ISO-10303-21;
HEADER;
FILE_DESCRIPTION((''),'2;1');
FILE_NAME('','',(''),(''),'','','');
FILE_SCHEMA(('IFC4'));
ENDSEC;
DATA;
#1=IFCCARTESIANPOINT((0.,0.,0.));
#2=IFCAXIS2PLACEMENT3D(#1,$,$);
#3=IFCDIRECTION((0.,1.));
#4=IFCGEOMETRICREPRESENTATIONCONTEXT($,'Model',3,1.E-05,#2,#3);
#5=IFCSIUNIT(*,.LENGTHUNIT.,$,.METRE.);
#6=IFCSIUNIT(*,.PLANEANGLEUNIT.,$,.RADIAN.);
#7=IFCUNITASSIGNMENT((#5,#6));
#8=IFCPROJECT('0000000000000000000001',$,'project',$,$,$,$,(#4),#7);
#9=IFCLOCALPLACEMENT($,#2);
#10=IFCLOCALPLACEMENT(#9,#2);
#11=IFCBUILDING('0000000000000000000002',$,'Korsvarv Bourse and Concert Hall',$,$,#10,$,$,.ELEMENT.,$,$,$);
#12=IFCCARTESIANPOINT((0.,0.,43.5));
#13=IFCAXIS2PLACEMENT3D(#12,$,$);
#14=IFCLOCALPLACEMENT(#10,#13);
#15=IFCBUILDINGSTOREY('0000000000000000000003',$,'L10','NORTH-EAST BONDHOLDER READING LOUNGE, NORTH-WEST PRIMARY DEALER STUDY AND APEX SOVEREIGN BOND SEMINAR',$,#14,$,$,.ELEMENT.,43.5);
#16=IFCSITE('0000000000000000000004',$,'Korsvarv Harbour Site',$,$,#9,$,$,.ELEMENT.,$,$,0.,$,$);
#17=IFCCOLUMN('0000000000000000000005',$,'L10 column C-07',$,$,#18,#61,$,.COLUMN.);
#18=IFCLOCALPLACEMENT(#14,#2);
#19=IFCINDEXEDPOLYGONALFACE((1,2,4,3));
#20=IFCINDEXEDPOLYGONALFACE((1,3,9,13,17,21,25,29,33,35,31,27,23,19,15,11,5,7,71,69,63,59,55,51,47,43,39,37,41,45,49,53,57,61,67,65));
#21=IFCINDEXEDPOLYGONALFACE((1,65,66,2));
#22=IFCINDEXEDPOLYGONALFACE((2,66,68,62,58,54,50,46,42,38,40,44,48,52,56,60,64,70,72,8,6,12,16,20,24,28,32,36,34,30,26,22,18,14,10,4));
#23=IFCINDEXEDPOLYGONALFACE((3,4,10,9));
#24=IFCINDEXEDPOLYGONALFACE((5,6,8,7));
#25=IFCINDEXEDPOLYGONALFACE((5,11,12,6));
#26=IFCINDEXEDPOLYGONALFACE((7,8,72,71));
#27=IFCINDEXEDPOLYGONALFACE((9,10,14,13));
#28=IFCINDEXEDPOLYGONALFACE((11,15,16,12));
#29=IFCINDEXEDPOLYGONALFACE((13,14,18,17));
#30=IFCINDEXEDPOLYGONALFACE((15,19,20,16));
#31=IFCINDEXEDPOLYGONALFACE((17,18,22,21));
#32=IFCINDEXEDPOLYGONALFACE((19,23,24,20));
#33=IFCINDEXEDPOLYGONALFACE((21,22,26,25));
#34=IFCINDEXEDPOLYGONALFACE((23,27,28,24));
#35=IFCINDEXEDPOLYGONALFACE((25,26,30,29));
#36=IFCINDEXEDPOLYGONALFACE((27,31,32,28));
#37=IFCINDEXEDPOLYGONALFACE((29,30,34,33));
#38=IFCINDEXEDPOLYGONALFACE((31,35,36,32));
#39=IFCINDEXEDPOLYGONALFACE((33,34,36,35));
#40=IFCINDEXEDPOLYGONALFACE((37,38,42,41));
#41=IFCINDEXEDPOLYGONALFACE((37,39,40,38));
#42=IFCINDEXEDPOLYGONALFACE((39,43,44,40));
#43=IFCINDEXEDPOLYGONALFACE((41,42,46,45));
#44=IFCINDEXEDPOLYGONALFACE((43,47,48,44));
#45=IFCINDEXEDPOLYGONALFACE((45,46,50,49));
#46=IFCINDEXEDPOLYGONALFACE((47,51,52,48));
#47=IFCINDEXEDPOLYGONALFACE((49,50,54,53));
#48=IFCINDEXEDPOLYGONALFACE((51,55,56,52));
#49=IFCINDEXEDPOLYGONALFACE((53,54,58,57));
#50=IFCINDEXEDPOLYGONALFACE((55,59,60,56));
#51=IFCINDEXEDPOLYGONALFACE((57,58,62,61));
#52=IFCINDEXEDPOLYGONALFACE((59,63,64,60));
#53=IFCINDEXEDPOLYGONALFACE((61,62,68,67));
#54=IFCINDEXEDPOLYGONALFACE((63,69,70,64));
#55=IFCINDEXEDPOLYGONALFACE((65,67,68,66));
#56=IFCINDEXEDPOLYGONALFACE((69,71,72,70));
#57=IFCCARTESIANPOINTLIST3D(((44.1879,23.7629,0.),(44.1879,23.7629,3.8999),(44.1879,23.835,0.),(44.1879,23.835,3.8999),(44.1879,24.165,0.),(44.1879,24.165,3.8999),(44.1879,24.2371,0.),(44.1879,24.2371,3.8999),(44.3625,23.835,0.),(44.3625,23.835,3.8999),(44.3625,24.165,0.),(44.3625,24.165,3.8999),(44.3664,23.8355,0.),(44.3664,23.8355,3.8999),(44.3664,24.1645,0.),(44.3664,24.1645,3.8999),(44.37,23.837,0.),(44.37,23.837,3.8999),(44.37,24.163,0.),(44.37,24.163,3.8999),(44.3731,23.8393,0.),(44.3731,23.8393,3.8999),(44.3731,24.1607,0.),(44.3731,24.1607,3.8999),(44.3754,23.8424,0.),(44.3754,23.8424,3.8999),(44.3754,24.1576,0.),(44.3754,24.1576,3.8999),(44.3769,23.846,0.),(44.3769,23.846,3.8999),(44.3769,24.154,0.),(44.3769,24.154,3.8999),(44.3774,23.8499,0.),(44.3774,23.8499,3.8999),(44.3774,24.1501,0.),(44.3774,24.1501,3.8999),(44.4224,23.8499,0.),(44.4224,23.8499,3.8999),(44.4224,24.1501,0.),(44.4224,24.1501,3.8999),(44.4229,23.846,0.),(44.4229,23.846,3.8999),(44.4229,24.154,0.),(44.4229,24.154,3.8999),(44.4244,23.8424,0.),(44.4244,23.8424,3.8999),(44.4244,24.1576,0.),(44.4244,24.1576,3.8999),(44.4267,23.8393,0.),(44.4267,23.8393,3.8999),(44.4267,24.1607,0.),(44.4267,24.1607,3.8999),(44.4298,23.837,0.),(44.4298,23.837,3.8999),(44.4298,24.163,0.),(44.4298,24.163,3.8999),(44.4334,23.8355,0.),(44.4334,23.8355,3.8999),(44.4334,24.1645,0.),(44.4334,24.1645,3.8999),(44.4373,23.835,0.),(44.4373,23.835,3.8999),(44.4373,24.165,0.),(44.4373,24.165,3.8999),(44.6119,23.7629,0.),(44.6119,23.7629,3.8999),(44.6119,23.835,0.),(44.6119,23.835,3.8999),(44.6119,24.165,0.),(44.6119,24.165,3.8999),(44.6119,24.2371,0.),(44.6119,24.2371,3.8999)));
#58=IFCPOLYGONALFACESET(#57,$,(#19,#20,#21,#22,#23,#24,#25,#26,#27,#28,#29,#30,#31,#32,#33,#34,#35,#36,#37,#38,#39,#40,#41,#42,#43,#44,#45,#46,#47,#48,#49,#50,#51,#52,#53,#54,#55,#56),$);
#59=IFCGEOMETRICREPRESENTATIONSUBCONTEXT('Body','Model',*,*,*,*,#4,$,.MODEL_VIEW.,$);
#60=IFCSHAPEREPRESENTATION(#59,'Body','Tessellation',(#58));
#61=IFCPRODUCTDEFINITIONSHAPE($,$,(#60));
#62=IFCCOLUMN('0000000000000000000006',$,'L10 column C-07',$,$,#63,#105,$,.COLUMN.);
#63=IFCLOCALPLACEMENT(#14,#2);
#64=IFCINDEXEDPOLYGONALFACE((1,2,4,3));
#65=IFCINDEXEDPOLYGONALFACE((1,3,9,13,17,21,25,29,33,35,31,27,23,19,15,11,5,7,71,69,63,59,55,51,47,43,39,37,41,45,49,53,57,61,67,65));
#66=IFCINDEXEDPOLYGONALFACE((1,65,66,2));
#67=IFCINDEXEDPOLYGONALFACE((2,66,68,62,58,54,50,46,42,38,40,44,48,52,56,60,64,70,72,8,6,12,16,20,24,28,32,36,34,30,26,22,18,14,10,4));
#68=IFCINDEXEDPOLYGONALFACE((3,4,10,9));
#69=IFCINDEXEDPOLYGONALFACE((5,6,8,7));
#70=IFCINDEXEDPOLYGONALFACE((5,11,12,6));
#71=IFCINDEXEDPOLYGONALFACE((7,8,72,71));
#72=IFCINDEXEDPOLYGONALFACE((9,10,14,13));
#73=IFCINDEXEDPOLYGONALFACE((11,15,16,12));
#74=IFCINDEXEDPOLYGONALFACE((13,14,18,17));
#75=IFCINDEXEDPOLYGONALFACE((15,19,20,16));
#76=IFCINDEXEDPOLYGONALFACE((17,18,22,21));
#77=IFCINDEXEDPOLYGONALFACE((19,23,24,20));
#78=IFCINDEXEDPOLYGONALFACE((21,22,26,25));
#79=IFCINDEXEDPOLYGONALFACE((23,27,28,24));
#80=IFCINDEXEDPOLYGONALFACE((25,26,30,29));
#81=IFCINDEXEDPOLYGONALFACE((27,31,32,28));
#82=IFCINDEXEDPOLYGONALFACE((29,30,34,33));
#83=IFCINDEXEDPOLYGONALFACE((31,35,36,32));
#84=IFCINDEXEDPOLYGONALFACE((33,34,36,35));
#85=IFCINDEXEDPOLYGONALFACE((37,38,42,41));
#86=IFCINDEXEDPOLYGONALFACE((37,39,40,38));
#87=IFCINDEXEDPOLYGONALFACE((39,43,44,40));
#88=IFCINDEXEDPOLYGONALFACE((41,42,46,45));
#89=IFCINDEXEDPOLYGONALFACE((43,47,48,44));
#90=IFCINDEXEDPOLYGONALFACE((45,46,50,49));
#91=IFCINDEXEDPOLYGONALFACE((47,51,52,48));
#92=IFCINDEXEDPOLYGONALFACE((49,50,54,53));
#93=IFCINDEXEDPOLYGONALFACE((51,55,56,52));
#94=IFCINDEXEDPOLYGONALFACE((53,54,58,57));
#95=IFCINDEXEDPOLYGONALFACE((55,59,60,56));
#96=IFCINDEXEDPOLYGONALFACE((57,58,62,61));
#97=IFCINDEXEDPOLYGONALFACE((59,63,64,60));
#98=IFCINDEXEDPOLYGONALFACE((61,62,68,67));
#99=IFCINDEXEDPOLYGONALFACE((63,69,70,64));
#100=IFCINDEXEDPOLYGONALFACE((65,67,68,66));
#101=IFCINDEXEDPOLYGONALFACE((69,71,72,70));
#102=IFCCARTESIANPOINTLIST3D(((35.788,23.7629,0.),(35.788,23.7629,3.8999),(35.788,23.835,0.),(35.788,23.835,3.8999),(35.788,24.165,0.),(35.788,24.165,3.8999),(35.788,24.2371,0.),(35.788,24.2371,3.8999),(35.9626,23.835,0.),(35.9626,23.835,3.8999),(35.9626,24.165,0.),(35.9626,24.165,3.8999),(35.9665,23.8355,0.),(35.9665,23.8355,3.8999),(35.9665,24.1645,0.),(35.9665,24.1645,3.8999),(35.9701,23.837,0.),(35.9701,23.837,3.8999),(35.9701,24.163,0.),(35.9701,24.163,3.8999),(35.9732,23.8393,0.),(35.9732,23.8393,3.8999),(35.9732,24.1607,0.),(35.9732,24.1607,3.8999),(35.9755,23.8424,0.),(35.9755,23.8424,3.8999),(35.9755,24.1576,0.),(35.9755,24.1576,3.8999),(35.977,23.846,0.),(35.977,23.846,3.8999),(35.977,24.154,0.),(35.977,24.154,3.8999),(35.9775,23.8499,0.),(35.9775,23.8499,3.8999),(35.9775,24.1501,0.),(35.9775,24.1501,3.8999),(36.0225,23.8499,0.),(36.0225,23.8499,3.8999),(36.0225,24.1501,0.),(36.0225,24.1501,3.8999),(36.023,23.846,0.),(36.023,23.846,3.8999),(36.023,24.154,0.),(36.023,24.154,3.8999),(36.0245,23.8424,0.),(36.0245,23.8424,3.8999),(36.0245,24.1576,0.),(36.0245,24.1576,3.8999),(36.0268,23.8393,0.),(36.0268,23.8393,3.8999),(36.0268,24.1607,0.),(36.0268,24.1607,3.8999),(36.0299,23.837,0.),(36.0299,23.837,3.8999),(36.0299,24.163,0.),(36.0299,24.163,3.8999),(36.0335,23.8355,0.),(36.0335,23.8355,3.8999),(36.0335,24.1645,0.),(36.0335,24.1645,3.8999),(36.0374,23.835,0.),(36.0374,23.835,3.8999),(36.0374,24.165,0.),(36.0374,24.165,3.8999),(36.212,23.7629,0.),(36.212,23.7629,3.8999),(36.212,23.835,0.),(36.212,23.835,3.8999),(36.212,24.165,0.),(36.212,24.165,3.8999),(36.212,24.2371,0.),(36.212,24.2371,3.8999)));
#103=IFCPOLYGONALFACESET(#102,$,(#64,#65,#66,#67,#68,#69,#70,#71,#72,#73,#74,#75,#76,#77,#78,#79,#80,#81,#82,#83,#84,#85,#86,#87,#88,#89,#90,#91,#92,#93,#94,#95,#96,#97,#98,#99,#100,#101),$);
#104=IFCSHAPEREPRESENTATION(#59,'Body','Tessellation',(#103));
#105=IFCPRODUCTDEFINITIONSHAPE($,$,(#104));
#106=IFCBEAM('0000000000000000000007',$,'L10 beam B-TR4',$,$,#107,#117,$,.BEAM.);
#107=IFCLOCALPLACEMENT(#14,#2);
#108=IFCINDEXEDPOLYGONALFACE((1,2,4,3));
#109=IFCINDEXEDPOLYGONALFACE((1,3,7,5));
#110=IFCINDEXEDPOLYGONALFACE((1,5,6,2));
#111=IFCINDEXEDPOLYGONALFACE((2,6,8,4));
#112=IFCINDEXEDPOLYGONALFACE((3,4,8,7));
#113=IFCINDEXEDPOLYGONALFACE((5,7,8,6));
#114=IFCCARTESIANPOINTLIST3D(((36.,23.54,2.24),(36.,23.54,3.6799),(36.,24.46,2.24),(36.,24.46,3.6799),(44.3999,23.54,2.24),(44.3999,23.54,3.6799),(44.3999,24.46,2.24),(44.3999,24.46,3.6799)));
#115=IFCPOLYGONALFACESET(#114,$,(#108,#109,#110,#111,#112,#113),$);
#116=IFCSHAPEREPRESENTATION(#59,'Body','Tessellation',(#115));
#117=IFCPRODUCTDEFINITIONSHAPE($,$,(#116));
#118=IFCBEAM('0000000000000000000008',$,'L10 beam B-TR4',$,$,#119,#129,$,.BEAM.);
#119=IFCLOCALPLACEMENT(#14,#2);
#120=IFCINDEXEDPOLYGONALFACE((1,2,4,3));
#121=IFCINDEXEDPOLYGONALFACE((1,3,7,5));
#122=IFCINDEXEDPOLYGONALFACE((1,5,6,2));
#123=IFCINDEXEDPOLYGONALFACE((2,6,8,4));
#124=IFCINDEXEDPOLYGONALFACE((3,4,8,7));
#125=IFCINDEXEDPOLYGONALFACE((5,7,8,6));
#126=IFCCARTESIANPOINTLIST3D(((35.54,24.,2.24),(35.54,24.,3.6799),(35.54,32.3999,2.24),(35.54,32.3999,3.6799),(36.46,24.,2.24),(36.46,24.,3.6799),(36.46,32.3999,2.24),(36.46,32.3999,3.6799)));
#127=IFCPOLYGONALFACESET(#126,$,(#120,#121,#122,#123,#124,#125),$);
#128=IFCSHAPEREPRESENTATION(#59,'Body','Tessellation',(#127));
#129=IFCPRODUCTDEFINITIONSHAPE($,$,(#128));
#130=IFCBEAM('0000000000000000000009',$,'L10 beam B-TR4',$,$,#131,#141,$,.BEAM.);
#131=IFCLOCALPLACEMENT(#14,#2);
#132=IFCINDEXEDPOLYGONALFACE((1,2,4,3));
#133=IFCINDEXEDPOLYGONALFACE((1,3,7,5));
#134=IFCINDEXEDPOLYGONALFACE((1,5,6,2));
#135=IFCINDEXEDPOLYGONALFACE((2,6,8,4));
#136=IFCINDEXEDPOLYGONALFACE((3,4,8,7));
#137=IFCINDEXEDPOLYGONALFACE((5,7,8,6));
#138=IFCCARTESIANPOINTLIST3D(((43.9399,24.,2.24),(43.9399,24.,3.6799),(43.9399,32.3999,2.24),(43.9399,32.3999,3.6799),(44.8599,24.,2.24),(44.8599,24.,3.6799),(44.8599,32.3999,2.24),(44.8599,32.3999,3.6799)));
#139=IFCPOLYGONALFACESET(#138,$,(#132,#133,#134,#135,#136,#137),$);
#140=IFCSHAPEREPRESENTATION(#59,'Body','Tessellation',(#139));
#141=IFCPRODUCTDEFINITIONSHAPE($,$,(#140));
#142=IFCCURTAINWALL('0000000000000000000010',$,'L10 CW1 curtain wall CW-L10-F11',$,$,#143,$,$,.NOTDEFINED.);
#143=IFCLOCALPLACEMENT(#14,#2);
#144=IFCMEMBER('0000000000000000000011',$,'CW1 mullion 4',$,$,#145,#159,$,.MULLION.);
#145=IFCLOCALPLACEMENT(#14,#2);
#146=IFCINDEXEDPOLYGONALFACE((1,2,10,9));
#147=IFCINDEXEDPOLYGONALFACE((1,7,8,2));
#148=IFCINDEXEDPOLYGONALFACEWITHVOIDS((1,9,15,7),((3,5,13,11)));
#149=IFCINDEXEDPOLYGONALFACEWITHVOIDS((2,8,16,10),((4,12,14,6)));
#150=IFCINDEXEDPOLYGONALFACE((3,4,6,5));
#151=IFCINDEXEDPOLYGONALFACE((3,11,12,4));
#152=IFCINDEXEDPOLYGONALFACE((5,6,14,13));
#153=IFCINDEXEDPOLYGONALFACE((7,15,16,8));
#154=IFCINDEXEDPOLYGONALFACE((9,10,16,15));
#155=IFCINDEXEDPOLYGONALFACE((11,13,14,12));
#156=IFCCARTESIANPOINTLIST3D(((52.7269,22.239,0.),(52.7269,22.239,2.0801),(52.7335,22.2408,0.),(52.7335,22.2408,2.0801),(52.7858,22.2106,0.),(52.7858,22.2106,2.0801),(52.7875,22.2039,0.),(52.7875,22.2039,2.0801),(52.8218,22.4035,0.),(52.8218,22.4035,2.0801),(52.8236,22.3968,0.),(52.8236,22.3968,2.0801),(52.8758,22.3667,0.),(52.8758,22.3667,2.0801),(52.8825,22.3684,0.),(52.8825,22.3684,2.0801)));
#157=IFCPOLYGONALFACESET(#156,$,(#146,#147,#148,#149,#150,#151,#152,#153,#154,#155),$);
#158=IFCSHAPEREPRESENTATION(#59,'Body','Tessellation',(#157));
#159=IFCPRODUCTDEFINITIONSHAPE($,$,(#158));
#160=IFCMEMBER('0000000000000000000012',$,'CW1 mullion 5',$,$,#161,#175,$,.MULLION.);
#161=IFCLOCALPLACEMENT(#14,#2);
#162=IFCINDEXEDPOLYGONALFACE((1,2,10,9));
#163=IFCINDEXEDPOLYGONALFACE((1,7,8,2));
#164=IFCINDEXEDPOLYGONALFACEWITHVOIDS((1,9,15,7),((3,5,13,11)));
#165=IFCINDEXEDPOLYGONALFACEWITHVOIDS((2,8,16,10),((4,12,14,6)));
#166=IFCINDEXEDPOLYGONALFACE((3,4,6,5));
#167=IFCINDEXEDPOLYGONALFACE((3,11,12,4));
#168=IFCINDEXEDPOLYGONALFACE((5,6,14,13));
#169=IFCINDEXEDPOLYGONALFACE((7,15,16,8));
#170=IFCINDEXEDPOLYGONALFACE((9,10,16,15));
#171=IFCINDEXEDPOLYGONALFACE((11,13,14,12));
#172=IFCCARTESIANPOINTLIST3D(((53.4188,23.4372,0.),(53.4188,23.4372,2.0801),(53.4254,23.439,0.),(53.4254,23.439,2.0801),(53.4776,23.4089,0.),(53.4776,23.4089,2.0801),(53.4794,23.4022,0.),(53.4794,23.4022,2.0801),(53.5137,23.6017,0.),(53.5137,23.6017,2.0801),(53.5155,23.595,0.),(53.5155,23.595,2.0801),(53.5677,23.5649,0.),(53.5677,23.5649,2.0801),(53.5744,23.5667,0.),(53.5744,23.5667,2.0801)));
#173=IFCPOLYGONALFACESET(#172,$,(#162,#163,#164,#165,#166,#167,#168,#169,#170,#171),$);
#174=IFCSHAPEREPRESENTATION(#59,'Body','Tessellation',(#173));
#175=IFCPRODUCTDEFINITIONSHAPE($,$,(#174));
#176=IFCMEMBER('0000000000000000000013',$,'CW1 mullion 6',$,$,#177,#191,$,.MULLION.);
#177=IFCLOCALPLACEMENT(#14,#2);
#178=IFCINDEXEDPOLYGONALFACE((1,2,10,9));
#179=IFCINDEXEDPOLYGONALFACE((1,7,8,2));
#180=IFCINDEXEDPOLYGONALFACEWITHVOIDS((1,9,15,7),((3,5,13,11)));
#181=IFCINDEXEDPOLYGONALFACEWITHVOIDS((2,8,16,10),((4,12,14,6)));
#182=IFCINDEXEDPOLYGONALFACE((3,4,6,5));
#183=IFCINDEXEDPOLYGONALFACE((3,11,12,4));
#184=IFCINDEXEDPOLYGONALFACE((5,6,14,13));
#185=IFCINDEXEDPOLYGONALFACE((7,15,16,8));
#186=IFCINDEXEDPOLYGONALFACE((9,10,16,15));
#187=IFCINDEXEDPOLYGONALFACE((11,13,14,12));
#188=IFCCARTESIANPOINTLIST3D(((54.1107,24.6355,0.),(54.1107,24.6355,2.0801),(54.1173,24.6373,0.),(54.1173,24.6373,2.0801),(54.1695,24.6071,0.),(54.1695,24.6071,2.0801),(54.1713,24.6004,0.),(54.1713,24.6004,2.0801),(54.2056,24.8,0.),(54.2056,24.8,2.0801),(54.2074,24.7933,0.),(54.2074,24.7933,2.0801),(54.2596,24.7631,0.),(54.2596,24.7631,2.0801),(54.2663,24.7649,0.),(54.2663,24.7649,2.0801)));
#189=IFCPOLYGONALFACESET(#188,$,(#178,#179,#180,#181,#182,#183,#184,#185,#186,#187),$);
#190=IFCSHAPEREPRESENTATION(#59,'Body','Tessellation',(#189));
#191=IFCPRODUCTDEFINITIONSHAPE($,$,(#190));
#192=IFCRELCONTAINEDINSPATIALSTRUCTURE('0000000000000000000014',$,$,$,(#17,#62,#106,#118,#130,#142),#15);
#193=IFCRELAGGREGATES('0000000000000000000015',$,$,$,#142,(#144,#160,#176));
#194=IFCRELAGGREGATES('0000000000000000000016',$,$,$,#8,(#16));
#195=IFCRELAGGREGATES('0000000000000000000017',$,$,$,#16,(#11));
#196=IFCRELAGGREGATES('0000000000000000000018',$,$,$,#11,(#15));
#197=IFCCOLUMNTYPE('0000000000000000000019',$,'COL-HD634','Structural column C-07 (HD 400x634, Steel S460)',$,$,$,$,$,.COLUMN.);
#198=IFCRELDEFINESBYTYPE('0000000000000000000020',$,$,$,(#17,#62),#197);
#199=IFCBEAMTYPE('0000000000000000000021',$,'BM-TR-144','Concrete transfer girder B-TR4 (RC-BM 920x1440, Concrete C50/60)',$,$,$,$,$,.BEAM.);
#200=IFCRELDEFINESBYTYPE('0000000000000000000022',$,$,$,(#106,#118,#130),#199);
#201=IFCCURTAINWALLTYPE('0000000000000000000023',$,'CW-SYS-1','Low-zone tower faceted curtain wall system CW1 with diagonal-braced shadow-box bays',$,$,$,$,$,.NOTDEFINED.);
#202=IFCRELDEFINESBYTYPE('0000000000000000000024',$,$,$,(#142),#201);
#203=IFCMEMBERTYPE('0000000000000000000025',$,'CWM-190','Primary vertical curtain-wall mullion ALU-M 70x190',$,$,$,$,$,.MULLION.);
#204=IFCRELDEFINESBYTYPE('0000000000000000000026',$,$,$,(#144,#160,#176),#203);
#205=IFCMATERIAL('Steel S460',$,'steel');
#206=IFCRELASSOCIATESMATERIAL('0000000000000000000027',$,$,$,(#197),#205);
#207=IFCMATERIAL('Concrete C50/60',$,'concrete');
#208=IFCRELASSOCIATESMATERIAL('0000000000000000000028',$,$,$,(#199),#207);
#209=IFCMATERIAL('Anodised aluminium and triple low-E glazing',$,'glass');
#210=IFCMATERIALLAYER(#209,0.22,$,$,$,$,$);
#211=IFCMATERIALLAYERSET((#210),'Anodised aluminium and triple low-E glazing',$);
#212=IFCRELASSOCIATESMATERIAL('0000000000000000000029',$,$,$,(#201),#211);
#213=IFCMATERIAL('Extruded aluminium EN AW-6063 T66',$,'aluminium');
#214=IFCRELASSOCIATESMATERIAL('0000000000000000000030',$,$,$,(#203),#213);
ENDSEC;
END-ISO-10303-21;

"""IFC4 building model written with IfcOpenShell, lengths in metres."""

from ifc_helpers import new_model, si_unit, direction, frame, origin, origin_2d, place, context, subcontext, project, spatial, rectangle, hollow_rectangle, i_section, extrude, source, transform, mapped, material, layer, layer_set, material_profile, profile_set, type_object, element, aggregate, save


model = new_model("IFC4")

# Units and contexts
model_context = context("Model", 3, precision=1e-05, world=origin(), true_north=direction((0.0, 1.0)))
body_context = subcontext(model_context, "Body", "Model", "MODEL_VIEW")
ifc_project = project(units=[si_unit("LENGTHUNIT", "METRE"), si_unit("PLANEANGLEUNIT", "RADIAN")], contexts=[model_context])

# Site, building, storey
site_placement = place(None, origin())
site = spatial("IfcSite", under=ifc_project, at=site_placement, Name="Korsvarv Harbour Site", CompositionType="ELEMENT", RefElevation=0.0)
building_placement = place(site_placement, origin())
building = spatial("IfcBuilding", under=site, at=building_placement, Name="Korsvarv Bourse and Concert Hall", CompositionType="ELEMENT")
storey_placement = place(building_placement, frame((0.0, 0.0, 43.5)))
storey = spatial("IfcBuildingStorey", under=building, at=storey_placement, Name="L10", Description="NORTH-EAST BONDHOLDER READING LOUNGE, NORTH-WEST PRIMARY DEALER STUDY AND APEX SOVEREIGN BOND SEMINAR", CompositionType="ELEMENT", Elevation=43.5)

# Columns
ifc_material_1 = material(Name="Steel S460", Category="steel")
ifc_material_profile_1 = material_profile(ifc_material_1, i_section(OverallWidth=0.4241, OverallDepth=0.4741, WebThickness=0.0449, FlangeThickness=0.072, FilletRadius=0.0149, at=origin_2d()), Name="HD 400x634")
ifc_profile_set_1 = profile_set([ifc_material_profile_1], Name="Steel S460")
column_type = type_object("IfcColumnType", Name="COL-HD634", Description="Structural column C-07 (HD 400x634, Steel S460)", PredefinedType="COLUMN", material=ifc_profile_set_1)
shared_shape_1 = source(origin(), body_context, "Body", "SweptSolid", [
    extrude(i_section(OverallWidth=0.4241, OverallDepth=0.4741, WebThickness=0.0449, FlangeThickness=0.072, FilletRadius=0.0149, at=origin_2d()), origin(), (0.0, 0.0, 1.0), 3.8999),
])
for number, where, z_axis, x_axis, name in (
    (1, (44.3999, 24.0, 0.0), (0.0, 0.0, 1.0), (1.0, 0.0, 0.0), "L10 column C-07"),
    (2, (36.0, 24.0, 0.0), (0.0, 0.0, 1.0), (1.0, 0.0, 0.0), "L10 column C-07"),
):
    element("IfcColumn", number, at=place(storey_placement, frame(where, z_axis=z_axis, x_axis=x_axis)), inside=storey, type_object=column_type, Name=name, PredefinedType="COLUMN", context=body_context, shape_type="MappedRepresentation", body=[
        mapped(shared_shape_1, transform((0.0, 0.0, 0.0), scale=1.0)),
    ])

# Beams
ifc_material_2 = material(Name="Concrete C50/60", Category="concrete")
ifc_material_profile_2 = material_profile(ifc_material_2, rectangle(XDim=0.9199, YDim=1.4399, at=origin_2d()), Name="RC-BM 920x1440")
ifc_profile_set_2 = profile_set([ifc_material_profile_2], Name="Concrete C50/60")
beam_type = type_object("IfcBeamType", Name="BM-TR-144", Description="Concrete transfer girder B-TR4 (RC-BM 920x1440, Concrete C50/60)", PredefinedType="BEAM", material=ifc_profile_set_2)
shared_shape_2 = source(origin(), body_context, "Body", "SweptSolid", [
    extrude(rectangle(XDim=0.9199, YDim=1.4399, at=origin_2d()), origin(), (0.0, 0.0, 1.0), 8.3999),
])
for number, where, z_axis, x_axis, name in (
    (3, (36.0, 24.0, 2.96), (1.0, 0.0, 0.0), (0.0, 1.0, 0.0), "L10 beam B-TR4"),
    (4, (36.0, 24.0, 2.96), (0.0, 1.0, 0.0), (-1.0, 0.0, 0.0), "L10 beam B-TR4"),
    (5, (44.3999, 24.0, 2.96), (0.0, 1.0, 0.0), (-1.0, 0.0, 0.0), "L10 beam B-TR4"),
):
    element("IfcBeam", number, at=place(storey_placement, frame(where, z_axis=z_axis, x_axis=x_axis)), inside=storey, type_object=beam_type, Name=name, PredefinedType="BEAM", context=body_context, shape_type="MappedRepresentation", body=[
        mapped(shared_shape_2, transform((0.0, 0.0, 0.0), scale=1.0)),
    ])

# Curtain wall, members
ifc_material_3 = material(Name="Anodised aluminium and triple low-E glazing", Category="glass")
ifc_layer_1 = layer(ifc_material_3, 0.22)
ifc_layer_set_1 = layer_set([ifc_layer_1], Name="Anodised aluminium and triple low-E glazing")
curtain_wall_type = type_object("IfcCurtainWallType", Name="CW-SYS-1", Description="Low-zone tower faceted curtain wall system CW1 with diagonal-braced shadow-box bays", PredefinedType="NOTDEFINED", material=ifc_layer_set_1)
curtain_wall_placement = place(storey_placement, origin())
curtain_wall = element("IfcCurtainWall", 6, at=curtain_wall_placement, inside=storey, type_object=curtain_wall_type, Name="L10 CW1 curtain wall CW-L10-F11", PredefinedType="NOTDEFINED")
ifc_material_4 = material(Name="Extruded aluminium EN AW-6063 T66", Category="aluminium")
ifc_material_profile_3 = material_profile(ifc_material_4, hollow_rectangle(XDim=0.0701, YDim=0.1899, WallThickness=0.0049, at=origin_2d()), Name="ALU-M 70x190")
ifc_profile_set_3 = profile_set([ifc_material_profile_3], Name="Extruded aluminium EN AW-6063 T66")
member_type_1 = type_object("IfcMemberType", Name="CWM-190", Description="Primary vertical curtain-wall mullion ALU-M 70x190", PredefinedType="MULLION", material=ifc_profile_set_3)
shared_shape_3 = source(origin(), body_context, "Body", "SweptSolid", [
    extrude(hollow_rectangle(XDim=0.0701, YDim=0.1899, WallThickness=0.0049, at=origin_2d()), origin(), (0.0, 0.0, 1.0), 2.0801),
])
member_1_placement = place(storey_placement, frame((52.8047, 22.3037, 0.0), z_axis=(0.0, 0.0, 1.0), x_axis=(-0.866026, 0.5, 0.0)))
member_1 = element("IfcMember", 7, at=member_1_placement, type_object=member_type_1, Name="CW1 mullion 4", PredefinedType="MULLION", context=body_context, shape_type="MappedRepresentation", body=[
    mapped(shared_shape_3, transform((0.0, 0.0, 0.0), scale=1.0)),
])
member_2_placement = place(storey_placement, frame((53.4966, 23.502, 0.0), z_axis=(0.0, 0.0, 1.0), x_axis=(-0.866026, 0.5, 0.0)))
member_2 = element("IfcMember", 8, at=member_2_placement, type_object=member_type_1, Name="CW1 mullion 5", PredefinedType="MULLION", context=body_context, shape_type="MappedRepresentation", body=[
    mapped(shared_shape_3, transform((0.0, 0.0, 0.0), scale=1.0)),
])
member_3_placement = place(storey_placement, frame((54.1885, 24.7002, 0.0), z_axis=(0.0, 0.0, 1.0), x_axis=(-0.866026, 0.5, 0.0)))
member_3 = element("IfcMember", 9, at=member_3_placement, type_object=member_type_1, Name="CW1 mullion 6", PredefinedType="MULLION", context=body_context, shape_type="MappedRepresentation", body=[
    mapped(shared_shape_3, transform((0.0, 0.0, 0.0), scale=1.0)),
])
aggregate(curtain_wall, [member_1, member_2, member_3])

save(model, "model.ifc")
